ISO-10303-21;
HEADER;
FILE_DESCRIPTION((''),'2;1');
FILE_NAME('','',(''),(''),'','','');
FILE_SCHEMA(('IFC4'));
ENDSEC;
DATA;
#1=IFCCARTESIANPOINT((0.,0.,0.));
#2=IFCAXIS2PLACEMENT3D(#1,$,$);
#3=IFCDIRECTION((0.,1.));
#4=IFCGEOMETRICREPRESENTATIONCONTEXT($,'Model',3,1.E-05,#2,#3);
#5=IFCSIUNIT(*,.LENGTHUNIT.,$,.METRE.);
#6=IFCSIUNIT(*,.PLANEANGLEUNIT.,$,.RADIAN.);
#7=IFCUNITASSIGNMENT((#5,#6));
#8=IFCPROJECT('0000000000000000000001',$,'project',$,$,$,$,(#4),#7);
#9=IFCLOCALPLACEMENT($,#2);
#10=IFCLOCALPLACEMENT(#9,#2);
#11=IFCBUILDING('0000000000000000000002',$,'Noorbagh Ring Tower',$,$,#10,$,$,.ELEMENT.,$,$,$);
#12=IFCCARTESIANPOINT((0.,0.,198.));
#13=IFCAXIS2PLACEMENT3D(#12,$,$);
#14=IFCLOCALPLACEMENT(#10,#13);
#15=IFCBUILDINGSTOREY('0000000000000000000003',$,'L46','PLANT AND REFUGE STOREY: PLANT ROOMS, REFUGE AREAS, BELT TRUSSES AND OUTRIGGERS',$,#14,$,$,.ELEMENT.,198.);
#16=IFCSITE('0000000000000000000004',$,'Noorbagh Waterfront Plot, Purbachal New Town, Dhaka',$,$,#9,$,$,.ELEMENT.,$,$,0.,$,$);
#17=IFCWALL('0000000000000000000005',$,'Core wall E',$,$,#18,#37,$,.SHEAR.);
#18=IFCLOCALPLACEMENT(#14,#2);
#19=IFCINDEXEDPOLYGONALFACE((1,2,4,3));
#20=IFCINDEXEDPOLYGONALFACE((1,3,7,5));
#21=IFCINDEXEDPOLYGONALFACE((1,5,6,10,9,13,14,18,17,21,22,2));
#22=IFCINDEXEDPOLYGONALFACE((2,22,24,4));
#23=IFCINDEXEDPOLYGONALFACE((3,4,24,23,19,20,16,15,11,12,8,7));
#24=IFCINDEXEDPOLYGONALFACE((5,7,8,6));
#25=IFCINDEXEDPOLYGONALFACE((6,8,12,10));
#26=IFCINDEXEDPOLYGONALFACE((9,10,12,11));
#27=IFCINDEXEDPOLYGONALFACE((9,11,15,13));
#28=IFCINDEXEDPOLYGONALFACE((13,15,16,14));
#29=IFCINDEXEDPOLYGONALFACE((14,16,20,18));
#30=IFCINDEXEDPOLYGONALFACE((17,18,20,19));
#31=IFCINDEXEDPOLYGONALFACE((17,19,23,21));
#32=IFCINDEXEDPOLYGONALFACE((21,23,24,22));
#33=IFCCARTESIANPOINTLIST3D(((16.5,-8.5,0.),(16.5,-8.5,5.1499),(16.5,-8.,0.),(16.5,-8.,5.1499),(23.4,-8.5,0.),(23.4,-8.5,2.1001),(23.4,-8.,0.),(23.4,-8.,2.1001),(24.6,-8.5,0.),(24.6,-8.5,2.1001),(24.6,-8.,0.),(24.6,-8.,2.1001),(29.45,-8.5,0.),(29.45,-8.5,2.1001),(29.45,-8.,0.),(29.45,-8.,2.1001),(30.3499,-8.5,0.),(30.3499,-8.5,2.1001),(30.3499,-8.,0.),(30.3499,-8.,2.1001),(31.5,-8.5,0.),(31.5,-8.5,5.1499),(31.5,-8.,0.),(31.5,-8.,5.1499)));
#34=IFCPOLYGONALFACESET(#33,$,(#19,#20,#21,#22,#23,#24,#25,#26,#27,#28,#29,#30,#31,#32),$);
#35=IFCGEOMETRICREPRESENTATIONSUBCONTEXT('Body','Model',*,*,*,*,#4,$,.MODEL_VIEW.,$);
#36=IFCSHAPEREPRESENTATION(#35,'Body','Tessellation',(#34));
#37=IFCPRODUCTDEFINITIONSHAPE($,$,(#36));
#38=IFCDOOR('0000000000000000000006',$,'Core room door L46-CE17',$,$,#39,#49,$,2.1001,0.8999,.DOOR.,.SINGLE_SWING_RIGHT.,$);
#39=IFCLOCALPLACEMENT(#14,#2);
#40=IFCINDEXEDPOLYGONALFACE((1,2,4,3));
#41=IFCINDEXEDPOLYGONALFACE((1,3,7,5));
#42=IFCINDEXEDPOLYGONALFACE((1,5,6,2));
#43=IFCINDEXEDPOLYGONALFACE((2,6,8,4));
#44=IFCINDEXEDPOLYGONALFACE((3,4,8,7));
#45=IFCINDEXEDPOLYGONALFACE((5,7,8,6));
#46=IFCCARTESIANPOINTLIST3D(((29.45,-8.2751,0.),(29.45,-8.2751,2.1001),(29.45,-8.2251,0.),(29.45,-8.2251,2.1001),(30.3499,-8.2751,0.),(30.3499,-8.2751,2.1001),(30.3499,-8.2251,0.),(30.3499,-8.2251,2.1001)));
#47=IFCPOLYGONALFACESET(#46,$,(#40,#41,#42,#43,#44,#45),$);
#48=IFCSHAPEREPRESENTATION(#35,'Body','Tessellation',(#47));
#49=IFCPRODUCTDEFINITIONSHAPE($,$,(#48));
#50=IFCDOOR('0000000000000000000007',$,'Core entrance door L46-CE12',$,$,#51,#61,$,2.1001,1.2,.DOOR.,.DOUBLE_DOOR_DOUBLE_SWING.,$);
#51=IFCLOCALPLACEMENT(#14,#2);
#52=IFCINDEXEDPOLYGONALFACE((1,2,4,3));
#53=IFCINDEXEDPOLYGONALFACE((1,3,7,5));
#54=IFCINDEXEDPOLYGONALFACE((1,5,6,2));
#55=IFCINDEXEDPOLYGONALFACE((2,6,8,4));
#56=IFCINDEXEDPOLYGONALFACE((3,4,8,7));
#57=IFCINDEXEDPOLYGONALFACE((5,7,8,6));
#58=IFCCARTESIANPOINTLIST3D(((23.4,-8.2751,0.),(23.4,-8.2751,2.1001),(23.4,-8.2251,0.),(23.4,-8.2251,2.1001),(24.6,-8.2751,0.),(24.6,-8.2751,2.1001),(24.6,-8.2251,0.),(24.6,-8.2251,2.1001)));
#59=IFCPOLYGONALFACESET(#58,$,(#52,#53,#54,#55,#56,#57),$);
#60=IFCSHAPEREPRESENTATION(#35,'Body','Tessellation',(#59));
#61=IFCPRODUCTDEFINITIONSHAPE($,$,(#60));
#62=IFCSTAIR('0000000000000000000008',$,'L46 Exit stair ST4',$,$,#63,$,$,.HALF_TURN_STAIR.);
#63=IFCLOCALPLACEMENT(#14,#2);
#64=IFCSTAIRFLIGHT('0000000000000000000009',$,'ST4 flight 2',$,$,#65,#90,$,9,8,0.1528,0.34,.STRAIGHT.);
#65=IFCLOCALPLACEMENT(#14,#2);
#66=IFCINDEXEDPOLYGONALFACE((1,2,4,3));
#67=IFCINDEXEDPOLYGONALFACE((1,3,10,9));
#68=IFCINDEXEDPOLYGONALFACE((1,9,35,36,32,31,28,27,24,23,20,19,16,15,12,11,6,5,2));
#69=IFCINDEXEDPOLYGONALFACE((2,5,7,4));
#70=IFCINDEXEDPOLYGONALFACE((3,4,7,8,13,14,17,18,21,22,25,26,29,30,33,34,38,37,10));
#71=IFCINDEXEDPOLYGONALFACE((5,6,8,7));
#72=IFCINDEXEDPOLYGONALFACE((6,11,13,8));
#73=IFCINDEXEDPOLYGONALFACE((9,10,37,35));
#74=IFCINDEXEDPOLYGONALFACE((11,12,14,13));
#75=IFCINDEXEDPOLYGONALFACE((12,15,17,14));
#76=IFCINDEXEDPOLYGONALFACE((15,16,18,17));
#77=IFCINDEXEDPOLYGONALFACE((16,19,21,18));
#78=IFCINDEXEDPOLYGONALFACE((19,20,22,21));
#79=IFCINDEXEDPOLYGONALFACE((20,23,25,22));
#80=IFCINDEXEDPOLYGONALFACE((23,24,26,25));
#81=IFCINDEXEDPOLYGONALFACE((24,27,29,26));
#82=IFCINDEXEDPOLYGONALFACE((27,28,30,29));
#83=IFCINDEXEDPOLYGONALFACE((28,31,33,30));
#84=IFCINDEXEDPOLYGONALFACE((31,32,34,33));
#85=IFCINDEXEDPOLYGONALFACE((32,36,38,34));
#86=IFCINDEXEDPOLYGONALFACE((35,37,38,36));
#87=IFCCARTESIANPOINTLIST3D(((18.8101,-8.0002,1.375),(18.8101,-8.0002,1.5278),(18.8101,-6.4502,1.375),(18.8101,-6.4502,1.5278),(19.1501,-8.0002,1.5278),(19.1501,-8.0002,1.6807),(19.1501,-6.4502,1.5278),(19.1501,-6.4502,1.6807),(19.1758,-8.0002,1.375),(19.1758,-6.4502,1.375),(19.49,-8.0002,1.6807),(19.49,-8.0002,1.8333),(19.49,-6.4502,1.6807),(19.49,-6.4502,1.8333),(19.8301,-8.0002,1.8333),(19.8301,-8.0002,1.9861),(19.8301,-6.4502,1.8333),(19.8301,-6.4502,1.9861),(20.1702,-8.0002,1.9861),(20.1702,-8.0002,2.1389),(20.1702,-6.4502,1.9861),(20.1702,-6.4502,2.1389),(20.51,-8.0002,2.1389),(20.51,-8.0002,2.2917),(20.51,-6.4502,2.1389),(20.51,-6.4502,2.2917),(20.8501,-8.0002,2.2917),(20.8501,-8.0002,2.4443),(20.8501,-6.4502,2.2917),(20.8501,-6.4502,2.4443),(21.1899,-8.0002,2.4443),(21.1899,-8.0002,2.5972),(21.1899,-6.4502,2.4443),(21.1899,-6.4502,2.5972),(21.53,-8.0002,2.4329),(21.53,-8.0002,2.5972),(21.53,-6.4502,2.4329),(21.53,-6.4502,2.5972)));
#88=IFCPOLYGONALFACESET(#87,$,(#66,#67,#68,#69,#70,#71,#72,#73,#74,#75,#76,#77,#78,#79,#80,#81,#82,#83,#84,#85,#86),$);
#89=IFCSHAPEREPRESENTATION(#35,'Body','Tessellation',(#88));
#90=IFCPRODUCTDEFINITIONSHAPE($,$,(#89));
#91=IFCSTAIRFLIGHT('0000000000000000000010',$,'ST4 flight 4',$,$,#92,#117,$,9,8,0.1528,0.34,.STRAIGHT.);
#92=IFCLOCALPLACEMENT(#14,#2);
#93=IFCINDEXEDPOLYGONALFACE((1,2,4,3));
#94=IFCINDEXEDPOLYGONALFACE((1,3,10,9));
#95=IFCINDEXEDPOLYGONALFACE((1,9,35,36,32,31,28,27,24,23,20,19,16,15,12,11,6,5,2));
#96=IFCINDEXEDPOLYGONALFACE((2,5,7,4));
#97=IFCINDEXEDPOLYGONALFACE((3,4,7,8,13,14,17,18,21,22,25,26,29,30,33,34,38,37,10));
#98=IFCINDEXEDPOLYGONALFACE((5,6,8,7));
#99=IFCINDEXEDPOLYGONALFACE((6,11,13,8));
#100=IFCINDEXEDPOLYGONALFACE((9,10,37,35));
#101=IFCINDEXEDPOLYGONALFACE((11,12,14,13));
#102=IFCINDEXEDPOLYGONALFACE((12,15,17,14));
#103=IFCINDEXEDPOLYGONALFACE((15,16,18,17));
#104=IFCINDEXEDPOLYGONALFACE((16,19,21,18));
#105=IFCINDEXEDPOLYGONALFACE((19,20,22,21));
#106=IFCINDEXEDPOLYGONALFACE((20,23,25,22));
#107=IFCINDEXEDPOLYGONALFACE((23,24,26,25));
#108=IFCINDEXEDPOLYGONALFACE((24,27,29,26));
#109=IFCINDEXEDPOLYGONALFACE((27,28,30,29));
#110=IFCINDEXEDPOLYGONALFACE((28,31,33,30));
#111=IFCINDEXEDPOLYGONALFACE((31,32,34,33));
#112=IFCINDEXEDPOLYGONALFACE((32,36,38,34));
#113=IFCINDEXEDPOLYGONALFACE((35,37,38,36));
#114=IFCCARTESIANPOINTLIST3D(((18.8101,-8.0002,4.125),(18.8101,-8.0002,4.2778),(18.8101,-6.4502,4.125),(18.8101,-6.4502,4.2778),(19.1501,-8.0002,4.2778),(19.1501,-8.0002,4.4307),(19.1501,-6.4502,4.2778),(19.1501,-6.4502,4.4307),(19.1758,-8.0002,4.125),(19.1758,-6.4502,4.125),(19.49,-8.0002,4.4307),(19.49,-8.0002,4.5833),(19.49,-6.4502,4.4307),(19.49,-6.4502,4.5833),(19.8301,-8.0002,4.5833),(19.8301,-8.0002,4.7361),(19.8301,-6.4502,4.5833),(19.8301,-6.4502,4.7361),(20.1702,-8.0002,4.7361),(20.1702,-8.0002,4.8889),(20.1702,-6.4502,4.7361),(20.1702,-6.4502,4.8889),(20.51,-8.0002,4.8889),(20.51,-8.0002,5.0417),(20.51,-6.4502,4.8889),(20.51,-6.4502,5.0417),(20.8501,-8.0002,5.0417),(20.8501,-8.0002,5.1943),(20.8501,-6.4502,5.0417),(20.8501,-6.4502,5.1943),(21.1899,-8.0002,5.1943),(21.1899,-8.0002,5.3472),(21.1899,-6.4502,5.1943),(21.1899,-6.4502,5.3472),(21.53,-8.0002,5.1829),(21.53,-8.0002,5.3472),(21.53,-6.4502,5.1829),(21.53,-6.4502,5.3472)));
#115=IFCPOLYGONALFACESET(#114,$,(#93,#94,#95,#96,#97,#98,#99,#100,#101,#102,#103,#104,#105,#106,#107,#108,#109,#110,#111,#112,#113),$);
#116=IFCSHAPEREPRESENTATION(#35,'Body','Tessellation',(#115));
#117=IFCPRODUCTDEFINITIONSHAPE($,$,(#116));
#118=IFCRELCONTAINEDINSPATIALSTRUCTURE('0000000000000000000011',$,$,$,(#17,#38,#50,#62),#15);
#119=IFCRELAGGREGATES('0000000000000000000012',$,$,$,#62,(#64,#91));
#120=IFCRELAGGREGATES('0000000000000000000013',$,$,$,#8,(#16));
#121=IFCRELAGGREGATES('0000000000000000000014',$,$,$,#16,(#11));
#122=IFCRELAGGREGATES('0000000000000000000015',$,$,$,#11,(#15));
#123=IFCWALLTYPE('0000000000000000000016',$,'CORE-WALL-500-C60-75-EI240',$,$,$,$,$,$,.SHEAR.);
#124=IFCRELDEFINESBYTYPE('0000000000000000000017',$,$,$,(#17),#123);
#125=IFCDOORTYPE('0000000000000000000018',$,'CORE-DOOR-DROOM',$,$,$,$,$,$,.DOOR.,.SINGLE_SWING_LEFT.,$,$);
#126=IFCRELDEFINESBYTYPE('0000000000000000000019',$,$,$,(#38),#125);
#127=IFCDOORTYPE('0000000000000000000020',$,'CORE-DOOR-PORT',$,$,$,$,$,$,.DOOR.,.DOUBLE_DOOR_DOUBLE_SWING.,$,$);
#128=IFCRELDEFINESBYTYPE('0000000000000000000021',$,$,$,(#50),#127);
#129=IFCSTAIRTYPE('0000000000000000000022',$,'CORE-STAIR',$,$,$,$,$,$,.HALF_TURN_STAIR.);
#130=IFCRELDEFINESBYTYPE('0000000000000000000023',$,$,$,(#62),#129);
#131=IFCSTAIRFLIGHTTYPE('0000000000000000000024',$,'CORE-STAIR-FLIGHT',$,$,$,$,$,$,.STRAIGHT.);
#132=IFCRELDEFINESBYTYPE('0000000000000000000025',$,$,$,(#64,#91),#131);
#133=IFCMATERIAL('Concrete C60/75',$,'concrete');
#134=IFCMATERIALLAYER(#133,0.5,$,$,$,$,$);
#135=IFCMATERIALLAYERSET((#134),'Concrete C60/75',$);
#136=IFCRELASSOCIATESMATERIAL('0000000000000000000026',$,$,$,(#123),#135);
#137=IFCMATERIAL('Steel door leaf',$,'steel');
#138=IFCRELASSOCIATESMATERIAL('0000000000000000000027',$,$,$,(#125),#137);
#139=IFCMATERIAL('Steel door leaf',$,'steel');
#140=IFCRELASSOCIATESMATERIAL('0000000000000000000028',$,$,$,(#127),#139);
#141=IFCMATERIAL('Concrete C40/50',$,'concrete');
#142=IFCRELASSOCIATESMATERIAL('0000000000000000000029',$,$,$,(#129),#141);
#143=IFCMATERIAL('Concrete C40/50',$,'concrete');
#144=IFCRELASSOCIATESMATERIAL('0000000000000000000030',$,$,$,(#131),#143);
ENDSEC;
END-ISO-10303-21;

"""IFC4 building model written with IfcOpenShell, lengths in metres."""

from ifc_helpers import new_model, si_unit, direction, frame, frame_2d, origin, place, context, subcontext, project, spatial, polyline, rectangle, outline, extrude, material, layer, layer_set, type_object, element, fill, aggregate, save


model = new_model("IFC4")

# Units and contexts
model_context = context("Model", 3, precision=1e-05, world=origin(), true_north=direction((0.0, 1.0)))
body_context = subcontext(model_context, "Body", "Model", "MODEL_VIEW")
ifc_project = project(units=[si_unit("LENGTHUNIT", "METRE"), si_unit("PLANEANGLEUNIT", "RADIAN")], contexts=[model_context])

# Site, building, storey
site_placement = place(None, origin())
site = spatial("IfcSite", under=ifc_project, at=site_placement, Name="Noorbagh Waterfront Plot, Purbachal New Town, Dhaka", CompositionType="ELEMENT", RefElevation=0.0)
building_placement = place(site_placement, origin())
building = spatial("IfcBuilding", under=site, at=building_placement, Name="Noorbagh Ring Tower", CompositionType="ELEMENT")
storey_placement = place(building_placement, frame((0.0, 0.0, 198.0)))
storey = spatial("IfcBuildingStorey", under=building, at=storey_placement, Name="L46", Description="PLANT AND REFUGE STOREY: PLANT ROOMS, REFUGE AREAS, BELT TRUSSES AND OUTRIGGERS", CompositionType="ELEMENT", Elevation=198.0)

# Wall, openings, doors
ifc_material_1 = material(Name="Concrete C60/75", Category="concrete")
ifc_layer_1 = layer(ifc_material_1, 0.5)
ifc_layer_set_1 = layer_set([ifc_layer_1], Name="Concrete C60/75")
wall_type_1 = type_object("IfcWallType", Name="CORE-WALL-500-C60-75-EI240", PredefinedType="SHEAR", material=ifc_layer_set_1)
wall_1_placement = place(storey_placement, frame((16.5, -8.25, 0.0), z_axis=(0.0, 0.0, 1.0), x_axis=(1.0, 0.0, 0.0)))
wall_1 = element("IfcWall", 1, at=wall_1_placement, inside=storey, type_object=wall_type_1, Name="Core wall E", PredefinedType="SHEAR", context=body_context, shape_type="SweptSolid", body=[
    extrude(rectangle(XDim=15.0, YDim=0.5, at=frame_2d((7.5, 0.0))), origin(), (0.0, 0.0, 1.0), 5.1499),
])
opening_1_placement = place(wall_1_placement, frame((6.8999, 0.0, 0.0)))
opening_1 = element("IfcOpeningElement", 2, at=opening_1_placement, cuts=wall_1, PredefinedType="OPENING", context=body_context, shape_type="SweptSolid", body=[
    extrude(rectangle(XDim=1.2, YDim=2.1001, at=frame_2d((0.6001, 1.05))), frame((0.0, 0.26, 0.0), z_axis=(0.0, -1.0, 0.0), x_axis=(1.0, 0.0, 0.0)), (0.0, 0.0, 1.0), 0.52),
])
opening_2_placement = place(wall_1_placement, frame((12.95, 0.0, 0.0)))
opening_2 = element("IfcOpeningElement", 3, at=opening_2_placement, cuts=wall_1, PredefinedType="OPENING", context=body_context, shape_type="SweptSolid", body=[
    extrude(rectangle(XDim=0.8999, YDim=2.1001, at=frame_2d((0.45, 1.05))), frame((0.0, 0.26, 0.0), z_axis=(0.0, -1.0, 0.0), x_axis=(1.0, 0.0, 0.0)), (0.0, 0.0, 1.0), 0.52),
])
ifc_material_2 = material(Name="Steel door leaf", Category="steel")
door_type_1 = type_object("IfcDoorType", Name="CORE-DOOR-DROOM", OperationType="SINGLE_SWING_LEFT", PredefinedType="DOOR", material=ifc_material_2)
door_1_placement = place(opening_2_placement, origin())
door_1 = element("IfcDoor", 4, at=door_1_placement, inside=storey, type_object=door_type_1, Name="Core room door L46-CE17", OperationType="SINGLE_SWING_RIGHT", OverallHeight=2.1001, OverallWidth=0.8999, PredefinedType="DOOR", context=body_context, shape_type="SweptSolid", body=[
    extrude(rectangle(XDim=0.8999, YDim=2.1001, at=frame_2d((0.45, 1.05))), frame((0.0, 0.0249, 0.0), z_axis=(0.0, -1.0, 0.0), x_axis=(1.0, 0.0, 0.0)), (0.0, 0.0, 1.0), 0.05),
])
fill(opening_2, door_1)
ifc_material_3 = material(Name="Steel door leaf", Category="steel")
door_type_2 = type_object("IfcDoorType", Name="CORE-DOOR-PORT", OperationType="DOUBLE_DOOR_DOUBLE_SWING", PredefinedType="DOOR", material=ifc_material_3)
door_2_placement = place(opening_1_placement, origin())
door_2 = element("IfcDoor", 5, at=door_2_placement, inside=storey, type_object=door_type_2, Name="Core entrance door L46-CE12", OperationType="DOUBLE_DOOR_DOUBLE_SWING", OverallHeight=2.1001, OverallWidth=1.2, PredefinedType="DOOR", context=body_context, shape_type="SweptSolid", body=[
    extrude(rectangle(XDim=1.2, YDim=2.1001, at=frame_2d((0.6001, 1.05))), frame((0.0, 0.0249, 0.0), z_axis=(0.0, -1.0, 0.0), x_axis=(1.0, 0.0, 0.0)), (0.0, 0.0, 1.0), 0.05),
])
fill(opening_1, door_2)

# Stair, stair flights
ifc_material_4 = material(Name="Concrete C40/50", Category="concrete")
stair_type = type_object("IfcStairType", Name="CORE-STAIR", PredefinedType="HALF_TURN_STAIR", material=ifc_material_4)
stair_placement = place(storey_placement, origin())
stair = element("IfcStair", 6, at=stair_placement, inside=storey, type_object=stair_type, Name="L46 Exit stair ST4", PredefinedType="HALF_TURN_STAIR")
ifc_material_5 = material(Name="Concrete C40/50", Category="concrete")
stair_flight_type = type_object("IfcStairFlightType", Name="CORE-STAIR-FLIGHT", PredefinedType="STRAIGHT", material=ifc_material_5)
stair_flight_1_placement = place(storey_placement, frame((18.8101, -7.2251, 1.375), z_axis=(0.0, 0.0, 1.0), x_axis=(1.0, 0.0, 0.0)))
stair_flight_1 = element("IfcStairFlight", 7, at=stair_flight_1_placement, type_object=stair_flight_type, Name="ST4 flight 2", NumberOfRisers=9, NumberOfTreads=8, PredefinedType="STRAIGHT", RiserHeight=0.1528, TreadLength=0.34, context=body_context, shape_type="SweptSolid", body=[
    extrude(outline(polyline([(0.0, 0.0), (0.0, 0.1528), (0.3401, 0.1528), (0.3401, 0.3057), (0.6799, 0.3057), (0.6799, 0.4583), (1.02, 0.4583), (1.02, 0.6111), (1.3601, 0.6111), (1.3601, 0.7639), (1.7, 0.7639), (1.7, 0.9167), (2.04, 0.9167), (2.04, 1.0693), (2.3799, 1.0693), (2.3799, 1.2222), (2.72, 1.2222), (2.72, 1.375), (2.72, 1.0579), (0.3657, 0.0), (0.0, 0.0)])), frame((0.0, 0.7749, 0.0), z_axis=(0.0, -1.0, 0.0), x_axis=(1.0, 0.0, 0.0)), (0.0, 0.0, 1.0), 1.55),
])
stair_flight_2_placement = place(storey_placement, frame((18.8101, -7.2251, 4.125), z_axis=(0.0, 0.0, 1.0), x_axis=(1.0, 0.0, 0.0)))
stair_flight_2 = element("IfcStairFlight", 8, at=stair_flight_2_placement, type_object=stair_flight_type, Name="ST4 flight 4", NumberOfRisers=9, NumberOfTreads=8, PredefinedType="STRAIGHT", RiserHeight=0.1528, TreadLength=0.34, context=body_context, shape_type="SweptSolid", body=[
    extrude(outline(polyline([(0.0, 0.0), (0.0, 0.1528), (0.3401, 0.1528), (0.3401, 0.3057), (0.6799, 0.3057), (0.6799, 0.4583), (1.02, 0.4583), (1.02, 0.6111), (1.3601, 0.6111), (1.3601, 0.7639), (1.7, 0.7639), (1.7, 0.9167), (2.04, 0.9167), (2.04, 1.0693), (2.3799, 1.0693), (2.3799, 1.2222), (2.72, 1.2222), (2.72, 1.375), (2.72, 1.0579), (0.3657, 0.0), (0.0, 0.0)])), frame((0.0, 0.7749, 0.0), z_axis=(0.0, -1.0, 0.0), x_axis=(1.0, 0.0, 0.0)), (0.0, 0.0, 1.0), 1.55),
])
aggregate(stair, [stair_flight_1, stair_flight_2])

save(model, "model.ifc")
